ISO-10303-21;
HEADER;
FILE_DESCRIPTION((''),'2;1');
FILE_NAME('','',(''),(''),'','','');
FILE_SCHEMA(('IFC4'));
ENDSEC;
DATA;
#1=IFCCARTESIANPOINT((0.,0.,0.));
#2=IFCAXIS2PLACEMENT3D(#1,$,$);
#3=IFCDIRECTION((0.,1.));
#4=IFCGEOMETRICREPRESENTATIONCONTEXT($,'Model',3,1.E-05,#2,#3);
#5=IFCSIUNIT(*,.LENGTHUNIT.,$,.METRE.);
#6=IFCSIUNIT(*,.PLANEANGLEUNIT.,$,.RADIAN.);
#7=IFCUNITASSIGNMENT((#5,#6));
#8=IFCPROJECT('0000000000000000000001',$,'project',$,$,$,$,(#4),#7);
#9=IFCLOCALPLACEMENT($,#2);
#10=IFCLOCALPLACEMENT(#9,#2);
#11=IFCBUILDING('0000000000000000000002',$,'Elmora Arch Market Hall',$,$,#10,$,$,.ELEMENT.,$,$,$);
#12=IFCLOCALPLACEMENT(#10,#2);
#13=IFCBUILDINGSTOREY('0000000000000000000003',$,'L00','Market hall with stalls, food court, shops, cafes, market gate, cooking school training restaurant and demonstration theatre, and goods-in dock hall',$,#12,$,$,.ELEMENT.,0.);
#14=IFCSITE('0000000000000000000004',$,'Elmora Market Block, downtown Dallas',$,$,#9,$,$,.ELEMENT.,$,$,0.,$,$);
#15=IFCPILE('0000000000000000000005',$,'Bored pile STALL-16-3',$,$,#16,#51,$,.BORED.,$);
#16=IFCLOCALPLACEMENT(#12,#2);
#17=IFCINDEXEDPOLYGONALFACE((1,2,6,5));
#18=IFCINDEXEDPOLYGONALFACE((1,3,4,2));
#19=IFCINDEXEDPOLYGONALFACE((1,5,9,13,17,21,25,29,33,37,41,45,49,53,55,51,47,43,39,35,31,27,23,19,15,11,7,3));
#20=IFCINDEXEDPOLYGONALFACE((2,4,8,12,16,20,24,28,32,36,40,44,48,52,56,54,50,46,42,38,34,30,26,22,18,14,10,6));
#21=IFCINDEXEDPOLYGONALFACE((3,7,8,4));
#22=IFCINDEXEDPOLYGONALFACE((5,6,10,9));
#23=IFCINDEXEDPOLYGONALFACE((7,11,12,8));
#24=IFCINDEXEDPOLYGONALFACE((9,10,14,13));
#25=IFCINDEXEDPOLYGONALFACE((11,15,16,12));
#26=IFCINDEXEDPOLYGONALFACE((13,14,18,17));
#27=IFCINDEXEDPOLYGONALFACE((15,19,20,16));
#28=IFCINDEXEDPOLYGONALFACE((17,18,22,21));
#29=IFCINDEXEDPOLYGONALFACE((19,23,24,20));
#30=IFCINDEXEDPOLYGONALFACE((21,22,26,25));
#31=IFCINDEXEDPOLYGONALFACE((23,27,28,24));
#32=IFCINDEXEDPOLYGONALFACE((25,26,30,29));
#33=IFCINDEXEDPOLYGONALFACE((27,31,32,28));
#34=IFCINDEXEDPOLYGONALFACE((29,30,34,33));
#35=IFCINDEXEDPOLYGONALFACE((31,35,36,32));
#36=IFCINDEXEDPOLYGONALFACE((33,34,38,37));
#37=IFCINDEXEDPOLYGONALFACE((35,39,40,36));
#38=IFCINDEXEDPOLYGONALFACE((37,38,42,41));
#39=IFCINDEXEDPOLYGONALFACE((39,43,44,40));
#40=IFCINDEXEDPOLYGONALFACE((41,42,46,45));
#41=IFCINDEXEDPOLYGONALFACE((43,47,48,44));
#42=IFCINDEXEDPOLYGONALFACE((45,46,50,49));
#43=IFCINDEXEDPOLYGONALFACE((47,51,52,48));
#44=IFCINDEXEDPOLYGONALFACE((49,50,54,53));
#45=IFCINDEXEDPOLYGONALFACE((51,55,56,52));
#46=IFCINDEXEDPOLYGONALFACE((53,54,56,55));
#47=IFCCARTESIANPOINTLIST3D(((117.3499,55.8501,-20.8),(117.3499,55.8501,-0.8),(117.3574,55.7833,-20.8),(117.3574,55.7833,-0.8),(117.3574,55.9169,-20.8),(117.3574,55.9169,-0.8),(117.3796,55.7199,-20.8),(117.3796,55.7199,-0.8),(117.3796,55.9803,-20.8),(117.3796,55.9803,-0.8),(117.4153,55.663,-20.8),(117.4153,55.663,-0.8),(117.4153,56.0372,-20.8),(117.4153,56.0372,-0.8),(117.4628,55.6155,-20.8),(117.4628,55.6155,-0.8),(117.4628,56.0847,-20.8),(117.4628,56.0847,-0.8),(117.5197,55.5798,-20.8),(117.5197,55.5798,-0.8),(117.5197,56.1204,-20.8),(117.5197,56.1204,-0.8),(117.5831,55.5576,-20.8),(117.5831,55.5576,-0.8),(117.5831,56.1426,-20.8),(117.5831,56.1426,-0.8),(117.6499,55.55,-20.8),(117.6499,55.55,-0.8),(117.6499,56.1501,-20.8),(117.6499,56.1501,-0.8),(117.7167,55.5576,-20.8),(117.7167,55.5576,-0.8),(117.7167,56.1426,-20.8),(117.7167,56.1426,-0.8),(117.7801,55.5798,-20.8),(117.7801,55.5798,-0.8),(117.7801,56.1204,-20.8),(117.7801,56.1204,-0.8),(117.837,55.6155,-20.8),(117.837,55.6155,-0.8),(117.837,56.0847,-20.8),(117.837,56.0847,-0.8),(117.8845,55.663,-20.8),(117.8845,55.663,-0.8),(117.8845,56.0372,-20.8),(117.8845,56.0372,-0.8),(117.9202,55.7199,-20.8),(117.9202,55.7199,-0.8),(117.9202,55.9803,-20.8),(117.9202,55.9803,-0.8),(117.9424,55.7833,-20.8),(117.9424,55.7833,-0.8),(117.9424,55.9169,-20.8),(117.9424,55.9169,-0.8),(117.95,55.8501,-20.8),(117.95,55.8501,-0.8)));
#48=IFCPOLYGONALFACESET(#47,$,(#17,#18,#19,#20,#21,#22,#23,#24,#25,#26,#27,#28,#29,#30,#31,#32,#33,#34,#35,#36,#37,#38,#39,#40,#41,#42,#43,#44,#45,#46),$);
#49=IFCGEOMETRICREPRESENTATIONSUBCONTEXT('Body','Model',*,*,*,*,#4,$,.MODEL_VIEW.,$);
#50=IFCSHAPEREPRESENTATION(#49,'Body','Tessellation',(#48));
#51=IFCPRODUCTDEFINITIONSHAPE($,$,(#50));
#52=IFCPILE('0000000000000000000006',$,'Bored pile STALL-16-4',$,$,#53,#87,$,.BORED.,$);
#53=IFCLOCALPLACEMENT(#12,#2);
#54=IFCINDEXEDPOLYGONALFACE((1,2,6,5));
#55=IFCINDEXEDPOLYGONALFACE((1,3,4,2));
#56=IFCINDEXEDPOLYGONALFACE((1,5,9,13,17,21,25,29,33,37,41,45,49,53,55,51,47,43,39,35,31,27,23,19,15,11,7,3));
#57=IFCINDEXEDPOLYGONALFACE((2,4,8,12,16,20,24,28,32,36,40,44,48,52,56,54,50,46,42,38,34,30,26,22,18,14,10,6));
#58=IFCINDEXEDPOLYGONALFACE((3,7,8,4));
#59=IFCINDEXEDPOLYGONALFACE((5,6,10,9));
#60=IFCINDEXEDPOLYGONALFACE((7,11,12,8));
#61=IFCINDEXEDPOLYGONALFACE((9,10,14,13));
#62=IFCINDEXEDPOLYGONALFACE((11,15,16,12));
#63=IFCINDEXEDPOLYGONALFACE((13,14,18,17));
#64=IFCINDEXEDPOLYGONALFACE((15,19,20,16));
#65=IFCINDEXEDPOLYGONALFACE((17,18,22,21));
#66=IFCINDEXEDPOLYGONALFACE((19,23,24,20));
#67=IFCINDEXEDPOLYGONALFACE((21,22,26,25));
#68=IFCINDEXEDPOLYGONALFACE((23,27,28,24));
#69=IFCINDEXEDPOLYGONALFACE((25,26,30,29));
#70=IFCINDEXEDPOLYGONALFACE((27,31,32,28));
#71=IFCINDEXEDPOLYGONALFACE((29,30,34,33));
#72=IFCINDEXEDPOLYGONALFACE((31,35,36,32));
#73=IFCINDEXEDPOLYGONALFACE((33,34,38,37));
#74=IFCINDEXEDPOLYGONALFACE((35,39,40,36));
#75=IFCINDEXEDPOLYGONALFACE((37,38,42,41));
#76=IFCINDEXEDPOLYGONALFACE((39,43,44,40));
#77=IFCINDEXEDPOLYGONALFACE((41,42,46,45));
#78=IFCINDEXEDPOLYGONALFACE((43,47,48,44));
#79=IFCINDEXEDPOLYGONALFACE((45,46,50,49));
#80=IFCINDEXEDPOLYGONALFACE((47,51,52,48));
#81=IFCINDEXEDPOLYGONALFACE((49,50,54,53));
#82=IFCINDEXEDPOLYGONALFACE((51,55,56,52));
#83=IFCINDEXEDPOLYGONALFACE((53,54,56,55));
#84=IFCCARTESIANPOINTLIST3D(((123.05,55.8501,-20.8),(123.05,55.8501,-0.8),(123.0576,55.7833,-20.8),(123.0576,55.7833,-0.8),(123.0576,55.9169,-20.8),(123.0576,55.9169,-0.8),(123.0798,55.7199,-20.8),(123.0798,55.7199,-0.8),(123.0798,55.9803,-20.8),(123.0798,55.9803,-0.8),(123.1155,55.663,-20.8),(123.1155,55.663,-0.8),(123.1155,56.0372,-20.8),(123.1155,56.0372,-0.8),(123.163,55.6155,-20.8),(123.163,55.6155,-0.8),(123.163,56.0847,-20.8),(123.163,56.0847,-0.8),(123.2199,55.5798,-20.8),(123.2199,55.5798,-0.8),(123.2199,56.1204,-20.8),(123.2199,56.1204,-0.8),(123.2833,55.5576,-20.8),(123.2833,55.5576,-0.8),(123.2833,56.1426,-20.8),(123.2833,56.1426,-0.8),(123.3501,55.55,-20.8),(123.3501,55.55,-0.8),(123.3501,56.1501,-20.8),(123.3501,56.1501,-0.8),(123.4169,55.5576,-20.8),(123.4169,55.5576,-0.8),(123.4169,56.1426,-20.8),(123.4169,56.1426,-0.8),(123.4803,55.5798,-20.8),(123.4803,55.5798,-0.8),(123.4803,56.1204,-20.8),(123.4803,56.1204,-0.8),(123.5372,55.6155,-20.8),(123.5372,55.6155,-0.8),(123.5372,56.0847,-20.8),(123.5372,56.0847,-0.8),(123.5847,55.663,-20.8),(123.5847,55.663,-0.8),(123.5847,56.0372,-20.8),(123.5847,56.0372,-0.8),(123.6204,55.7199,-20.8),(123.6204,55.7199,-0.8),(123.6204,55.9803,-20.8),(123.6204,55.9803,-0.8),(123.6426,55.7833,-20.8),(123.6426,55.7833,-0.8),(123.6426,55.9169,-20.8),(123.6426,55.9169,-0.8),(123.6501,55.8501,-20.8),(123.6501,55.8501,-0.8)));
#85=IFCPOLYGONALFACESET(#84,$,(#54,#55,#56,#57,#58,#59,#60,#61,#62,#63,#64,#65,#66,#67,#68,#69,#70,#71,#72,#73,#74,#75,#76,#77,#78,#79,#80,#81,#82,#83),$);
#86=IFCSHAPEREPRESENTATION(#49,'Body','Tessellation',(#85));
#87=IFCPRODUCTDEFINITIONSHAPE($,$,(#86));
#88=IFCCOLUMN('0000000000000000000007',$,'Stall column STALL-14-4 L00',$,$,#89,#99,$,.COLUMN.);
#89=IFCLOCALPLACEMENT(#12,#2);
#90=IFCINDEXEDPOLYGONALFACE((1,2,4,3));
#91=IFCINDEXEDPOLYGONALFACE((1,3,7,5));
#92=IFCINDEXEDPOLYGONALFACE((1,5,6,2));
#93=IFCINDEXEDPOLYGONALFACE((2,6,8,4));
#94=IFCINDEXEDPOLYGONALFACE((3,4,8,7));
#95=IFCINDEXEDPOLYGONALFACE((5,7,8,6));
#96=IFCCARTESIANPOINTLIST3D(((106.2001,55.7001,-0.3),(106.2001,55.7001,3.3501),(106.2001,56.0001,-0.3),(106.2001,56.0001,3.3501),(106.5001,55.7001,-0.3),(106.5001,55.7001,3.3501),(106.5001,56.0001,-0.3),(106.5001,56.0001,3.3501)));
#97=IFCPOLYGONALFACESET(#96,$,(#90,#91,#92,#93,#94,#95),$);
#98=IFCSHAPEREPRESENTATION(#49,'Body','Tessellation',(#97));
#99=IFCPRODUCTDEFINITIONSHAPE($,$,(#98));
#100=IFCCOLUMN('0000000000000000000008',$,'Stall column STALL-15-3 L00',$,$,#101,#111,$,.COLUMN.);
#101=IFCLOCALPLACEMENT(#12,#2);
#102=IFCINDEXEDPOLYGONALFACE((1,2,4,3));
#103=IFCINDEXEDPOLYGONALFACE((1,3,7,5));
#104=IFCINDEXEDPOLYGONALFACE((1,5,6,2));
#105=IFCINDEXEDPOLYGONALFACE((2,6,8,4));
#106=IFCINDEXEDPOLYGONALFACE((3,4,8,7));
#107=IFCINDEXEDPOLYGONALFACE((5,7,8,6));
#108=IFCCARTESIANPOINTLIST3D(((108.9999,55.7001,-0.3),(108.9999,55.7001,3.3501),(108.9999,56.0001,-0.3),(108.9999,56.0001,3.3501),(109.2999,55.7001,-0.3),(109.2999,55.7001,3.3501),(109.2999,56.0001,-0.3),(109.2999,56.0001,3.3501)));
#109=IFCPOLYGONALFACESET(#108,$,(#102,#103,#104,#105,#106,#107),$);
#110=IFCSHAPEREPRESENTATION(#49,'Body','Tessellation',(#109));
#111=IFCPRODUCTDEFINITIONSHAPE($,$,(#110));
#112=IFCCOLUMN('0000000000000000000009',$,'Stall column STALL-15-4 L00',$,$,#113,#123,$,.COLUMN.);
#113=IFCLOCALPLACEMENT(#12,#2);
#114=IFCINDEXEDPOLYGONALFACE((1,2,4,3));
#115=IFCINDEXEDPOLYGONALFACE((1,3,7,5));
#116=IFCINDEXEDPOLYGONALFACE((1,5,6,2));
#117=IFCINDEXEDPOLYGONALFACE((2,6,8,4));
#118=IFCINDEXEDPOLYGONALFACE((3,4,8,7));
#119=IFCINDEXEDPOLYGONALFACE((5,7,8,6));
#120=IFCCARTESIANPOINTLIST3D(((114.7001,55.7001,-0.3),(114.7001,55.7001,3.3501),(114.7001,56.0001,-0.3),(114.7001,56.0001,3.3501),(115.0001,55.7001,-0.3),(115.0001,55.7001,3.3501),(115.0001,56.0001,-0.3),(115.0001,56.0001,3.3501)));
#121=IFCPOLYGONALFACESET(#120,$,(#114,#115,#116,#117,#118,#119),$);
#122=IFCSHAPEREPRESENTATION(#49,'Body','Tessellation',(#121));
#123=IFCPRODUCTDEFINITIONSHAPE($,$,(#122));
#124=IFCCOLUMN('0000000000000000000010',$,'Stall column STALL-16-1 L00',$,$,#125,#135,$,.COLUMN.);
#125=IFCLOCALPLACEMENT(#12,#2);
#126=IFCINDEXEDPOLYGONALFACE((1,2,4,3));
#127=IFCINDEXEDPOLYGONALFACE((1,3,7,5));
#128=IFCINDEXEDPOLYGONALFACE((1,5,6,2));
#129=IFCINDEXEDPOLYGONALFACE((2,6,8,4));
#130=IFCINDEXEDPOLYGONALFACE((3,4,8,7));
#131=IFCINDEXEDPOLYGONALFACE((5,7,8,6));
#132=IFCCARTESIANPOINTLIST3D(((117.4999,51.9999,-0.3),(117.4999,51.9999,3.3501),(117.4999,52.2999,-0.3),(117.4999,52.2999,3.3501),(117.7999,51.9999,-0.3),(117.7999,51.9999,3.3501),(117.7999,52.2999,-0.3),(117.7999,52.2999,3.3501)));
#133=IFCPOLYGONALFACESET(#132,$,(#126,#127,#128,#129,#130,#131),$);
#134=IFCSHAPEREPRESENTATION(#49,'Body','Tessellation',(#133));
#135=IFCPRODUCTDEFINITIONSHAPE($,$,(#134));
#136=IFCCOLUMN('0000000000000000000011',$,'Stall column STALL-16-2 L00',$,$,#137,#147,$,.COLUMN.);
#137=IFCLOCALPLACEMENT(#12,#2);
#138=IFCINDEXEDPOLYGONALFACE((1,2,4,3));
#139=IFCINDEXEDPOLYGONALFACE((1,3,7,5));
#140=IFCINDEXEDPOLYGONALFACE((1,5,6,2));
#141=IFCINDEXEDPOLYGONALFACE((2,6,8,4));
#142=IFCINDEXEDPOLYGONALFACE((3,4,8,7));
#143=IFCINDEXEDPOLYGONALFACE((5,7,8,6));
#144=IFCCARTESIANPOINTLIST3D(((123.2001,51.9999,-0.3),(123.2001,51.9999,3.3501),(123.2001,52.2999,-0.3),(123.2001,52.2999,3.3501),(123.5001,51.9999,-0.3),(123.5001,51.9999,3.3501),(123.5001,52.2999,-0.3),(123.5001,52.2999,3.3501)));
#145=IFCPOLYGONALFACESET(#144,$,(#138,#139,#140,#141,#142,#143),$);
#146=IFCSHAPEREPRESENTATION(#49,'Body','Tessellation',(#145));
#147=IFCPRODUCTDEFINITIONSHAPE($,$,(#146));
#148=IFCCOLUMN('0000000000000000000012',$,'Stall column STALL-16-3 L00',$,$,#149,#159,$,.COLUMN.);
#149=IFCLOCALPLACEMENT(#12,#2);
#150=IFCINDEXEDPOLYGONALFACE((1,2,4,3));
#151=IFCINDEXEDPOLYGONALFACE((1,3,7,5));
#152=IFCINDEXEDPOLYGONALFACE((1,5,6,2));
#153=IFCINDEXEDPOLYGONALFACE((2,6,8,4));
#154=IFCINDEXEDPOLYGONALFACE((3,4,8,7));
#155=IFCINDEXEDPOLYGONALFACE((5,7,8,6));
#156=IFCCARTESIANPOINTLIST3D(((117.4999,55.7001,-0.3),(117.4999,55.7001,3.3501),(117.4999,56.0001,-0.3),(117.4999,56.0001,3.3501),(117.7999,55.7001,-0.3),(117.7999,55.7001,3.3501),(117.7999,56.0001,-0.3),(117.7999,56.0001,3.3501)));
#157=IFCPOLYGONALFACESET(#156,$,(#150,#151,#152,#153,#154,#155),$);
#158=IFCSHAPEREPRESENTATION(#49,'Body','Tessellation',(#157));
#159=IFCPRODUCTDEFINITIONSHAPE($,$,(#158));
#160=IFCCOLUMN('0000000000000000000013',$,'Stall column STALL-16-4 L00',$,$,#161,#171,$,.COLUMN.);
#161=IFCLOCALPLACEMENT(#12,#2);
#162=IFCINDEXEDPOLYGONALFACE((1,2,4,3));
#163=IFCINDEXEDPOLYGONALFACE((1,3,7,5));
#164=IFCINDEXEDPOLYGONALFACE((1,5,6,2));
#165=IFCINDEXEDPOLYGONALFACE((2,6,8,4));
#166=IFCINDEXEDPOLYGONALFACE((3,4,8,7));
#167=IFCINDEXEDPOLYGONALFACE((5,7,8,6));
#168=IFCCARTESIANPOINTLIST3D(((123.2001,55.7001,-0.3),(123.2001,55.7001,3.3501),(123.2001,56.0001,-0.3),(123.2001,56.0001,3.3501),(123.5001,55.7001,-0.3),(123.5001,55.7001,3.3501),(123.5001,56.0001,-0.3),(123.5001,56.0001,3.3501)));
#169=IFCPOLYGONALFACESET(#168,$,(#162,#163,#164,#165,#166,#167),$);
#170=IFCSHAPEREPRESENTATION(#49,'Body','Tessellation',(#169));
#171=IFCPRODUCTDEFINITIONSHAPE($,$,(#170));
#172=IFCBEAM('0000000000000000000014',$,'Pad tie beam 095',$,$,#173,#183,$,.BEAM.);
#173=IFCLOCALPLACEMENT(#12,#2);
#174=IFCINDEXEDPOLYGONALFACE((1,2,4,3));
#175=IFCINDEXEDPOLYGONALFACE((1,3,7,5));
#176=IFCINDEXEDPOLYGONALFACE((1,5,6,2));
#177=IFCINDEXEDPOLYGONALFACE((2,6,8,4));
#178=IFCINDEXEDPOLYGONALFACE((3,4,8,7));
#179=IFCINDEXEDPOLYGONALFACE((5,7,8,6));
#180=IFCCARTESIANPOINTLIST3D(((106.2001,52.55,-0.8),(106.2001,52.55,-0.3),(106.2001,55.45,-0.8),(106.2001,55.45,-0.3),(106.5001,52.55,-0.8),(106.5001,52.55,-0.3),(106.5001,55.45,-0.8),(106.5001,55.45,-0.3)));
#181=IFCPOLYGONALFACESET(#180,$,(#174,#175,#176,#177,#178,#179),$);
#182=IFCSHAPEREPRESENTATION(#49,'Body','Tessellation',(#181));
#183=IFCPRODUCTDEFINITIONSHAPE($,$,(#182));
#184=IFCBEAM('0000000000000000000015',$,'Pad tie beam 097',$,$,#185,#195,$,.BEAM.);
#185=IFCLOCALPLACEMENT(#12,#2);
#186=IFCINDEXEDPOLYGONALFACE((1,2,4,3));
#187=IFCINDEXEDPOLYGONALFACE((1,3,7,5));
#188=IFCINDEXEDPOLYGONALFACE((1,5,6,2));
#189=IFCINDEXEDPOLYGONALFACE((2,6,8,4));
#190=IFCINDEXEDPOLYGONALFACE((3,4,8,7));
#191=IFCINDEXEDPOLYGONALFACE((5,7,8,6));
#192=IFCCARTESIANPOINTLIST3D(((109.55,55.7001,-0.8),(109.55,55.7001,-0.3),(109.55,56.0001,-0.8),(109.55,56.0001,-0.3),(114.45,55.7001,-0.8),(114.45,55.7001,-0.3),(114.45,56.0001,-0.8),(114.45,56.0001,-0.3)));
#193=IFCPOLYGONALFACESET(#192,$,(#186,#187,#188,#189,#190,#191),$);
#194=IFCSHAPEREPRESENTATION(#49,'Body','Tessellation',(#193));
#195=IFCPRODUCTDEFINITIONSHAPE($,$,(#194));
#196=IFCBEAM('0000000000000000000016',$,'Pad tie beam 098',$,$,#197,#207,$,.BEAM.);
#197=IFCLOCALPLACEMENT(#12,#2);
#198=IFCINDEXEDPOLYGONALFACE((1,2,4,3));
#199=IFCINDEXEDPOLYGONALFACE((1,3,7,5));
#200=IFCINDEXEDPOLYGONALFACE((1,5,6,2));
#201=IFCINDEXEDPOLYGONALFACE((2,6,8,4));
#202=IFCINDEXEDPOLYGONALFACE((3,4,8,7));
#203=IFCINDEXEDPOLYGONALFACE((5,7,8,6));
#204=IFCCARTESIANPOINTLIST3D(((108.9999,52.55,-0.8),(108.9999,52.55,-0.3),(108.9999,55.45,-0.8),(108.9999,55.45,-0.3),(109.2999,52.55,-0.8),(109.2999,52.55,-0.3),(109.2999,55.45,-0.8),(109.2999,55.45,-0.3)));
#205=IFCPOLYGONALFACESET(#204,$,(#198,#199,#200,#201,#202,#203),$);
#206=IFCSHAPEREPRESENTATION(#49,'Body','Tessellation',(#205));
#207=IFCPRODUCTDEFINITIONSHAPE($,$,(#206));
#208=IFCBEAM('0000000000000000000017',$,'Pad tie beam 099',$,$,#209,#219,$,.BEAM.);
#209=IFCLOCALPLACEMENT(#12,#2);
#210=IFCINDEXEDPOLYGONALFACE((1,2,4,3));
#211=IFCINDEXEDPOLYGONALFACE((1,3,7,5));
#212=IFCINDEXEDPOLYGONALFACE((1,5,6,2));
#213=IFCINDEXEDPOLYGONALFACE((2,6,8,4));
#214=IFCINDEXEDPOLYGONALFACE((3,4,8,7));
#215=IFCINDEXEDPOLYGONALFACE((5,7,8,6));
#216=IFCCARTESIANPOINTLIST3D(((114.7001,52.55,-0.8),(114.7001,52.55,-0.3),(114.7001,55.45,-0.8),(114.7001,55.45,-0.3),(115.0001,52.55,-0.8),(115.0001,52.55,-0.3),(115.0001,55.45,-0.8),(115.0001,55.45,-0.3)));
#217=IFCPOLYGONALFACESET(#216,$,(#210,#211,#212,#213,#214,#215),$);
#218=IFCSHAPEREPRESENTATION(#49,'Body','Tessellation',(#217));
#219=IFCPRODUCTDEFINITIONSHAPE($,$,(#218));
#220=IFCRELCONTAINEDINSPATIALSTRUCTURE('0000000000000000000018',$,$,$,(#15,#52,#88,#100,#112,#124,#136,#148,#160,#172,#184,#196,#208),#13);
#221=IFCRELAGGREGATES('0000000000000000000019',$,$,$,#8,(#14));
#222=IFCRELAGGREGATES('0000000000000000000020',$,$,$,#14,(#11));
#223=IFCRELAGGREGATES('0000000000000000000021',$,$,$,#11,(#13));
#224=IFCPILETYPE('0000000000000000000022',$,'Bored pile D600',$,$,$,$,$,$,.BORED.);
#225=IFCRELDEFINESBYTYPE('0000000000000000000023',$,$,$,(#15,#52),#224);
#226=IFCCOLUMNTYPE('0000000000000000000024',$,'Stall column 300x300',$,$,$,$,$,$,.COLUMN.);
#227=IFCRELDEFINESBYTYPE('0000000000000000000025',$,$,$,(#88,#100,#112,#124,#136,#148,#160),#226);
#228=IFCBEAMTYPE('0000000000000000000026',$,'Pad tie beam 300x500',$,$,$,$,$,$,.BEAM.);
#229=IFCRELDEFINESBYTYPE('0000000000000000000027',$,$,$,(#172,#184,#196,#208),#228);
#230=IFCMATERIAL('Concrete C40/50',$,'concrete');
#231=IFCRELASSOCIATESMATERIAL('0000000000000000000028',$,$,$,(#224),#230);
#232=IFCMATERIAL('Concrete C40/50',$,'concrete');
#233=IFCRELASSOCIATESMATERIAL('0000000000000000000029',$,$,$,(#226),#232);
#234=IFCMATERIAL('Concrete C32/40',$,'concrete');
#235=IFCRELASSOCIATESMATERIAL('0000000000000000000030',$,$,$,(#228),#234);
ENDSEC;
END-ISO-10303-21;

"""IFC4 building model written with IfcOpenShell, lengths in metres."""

from ifc_helpers import new_model, si_unit, direction, frame, origin, origin_2d, place, context, subcontext, project, spatial, rectangle, circle, extrude, material, material_profile, profile_set, type_object, element, save


model = new_model("IFC4")

# Units and contexts
model_context = context("Model", 3, precision=1e-05, world=origin(), true_north=direction((0.0, 1.0)))
body_context = subcontext(model_context, "Body", "Model", "MODEL_VIEW")
ifc_project = project(units=[si_unit("LENGTHUNIT", "METRE"), si_unit("PLANEANGLEUNIT", "RADIAN")], contexts=[model_context])

# Site, building, storey
site_placement = place(None, origin())
site = spatial("IfcSite", under=ifc_project, at=site_placement, Name="Elmora Market Block, downtown Dallas", CompositionType="ELEMENT", RefElevation=0.0)
building_placement = place(site_placement, origin())
building = spatial("IfcBuilding", under=site, at=building_placement, Name="Elmora Arch Market Hall", CompositionType="ELEMENT")
storey_placement = place(building_placement, origin())
storey = spatial("IfcBuildingStorey", under=building, at=storey_placement, Name="L00", Description="Market hall with stalls, food court, shops, cafes, market gate, cooking school training restaurant and demonstration theatre, and goods-in dock hall", CompositionType="ELEMENT", Elevation=0.0)

# Piles
ifc_material_1 = material(Name="Concrete C40/50", Category="concrete")
ifc_material_profile_1 = material_profile(ifc_material_1, circle(Radius=0.3, at=origin_2d()), Name="Bored pile D600")
ifc_profile_set_1 = profile_set([ifc_material_profile_1], Name="Concrete C40/50")
pile_type = type_object("IfcPileType", Name="Bored pile D600", PredefinedType="BORED", material=ifc_profile_set_1)
for number, where, z_axis, x_axis, name in (
    (1, (117.6499, 55.8501, -0.8), (0.0, 0.0, -1.0), (1.0, 0.0, 0.0), "Bored pile STALL-16-3"),
    (2, (123.3501, 55.8501, -0.8), (0.0, 0.0, -1.0), (1.0, 0.0, 0.0), "Bored pile STALL-16-4"),
):
    element("IfcPile", number, at=place(storey_placement, frame(where, z_axis=z_axis, x_axis=x_axis)), inside=storey, type_object=pile_type, Name=name, PredefinedType="BORED", context=body_context, shape_type="SweptSolid", body=[
        extrude(circle(Radius=0.3, at=origin_2d()), origin(), (0.0, 0.0, 1.0), 20.0),
    ])

# Columns
ifc_material_2 = material(Name="Concrete C40/50", Category="concrete")
ifc_material_profile_2 = material_profile(ifc_material_2, rectangle(XDim=0.3, YDim=0.3, at=origin_2d()), Name="Stall column 300x300")
ifc_profile_set_2 = profile_set([ifc_material_profile_2], Name="Concrete C40/50")
column_type = type_object("IfcColumnType", Name="Stall column 300x300", PredefinedType="COLUMN", material=ifc_profile_set_2)
for number, where, z_axis, x_axis, name in (
    (3, (106.3501, 55.8501, -0.3), (0.0, 0.0, 1.0), (1.0, 0.0, 0.0), "Stall column STALL-14-4 L00"),
    (4, (109.1499, 55.8501, -0.3), (0.0, 0.0, 1.0), (1.0, 0.0, 0.0), "Stall column STALL-15-3 L00"),
    (5, (114.8501, 55.8501, -0.3), (0.0, 0.0, 1.0), (1.0, 0.0, 0.0), "Stall column STALL-15-4 L00"),
    (6, (117.6499, 52.1499, -0.3), (0.0, 0.0, 1.0), (1.0, 0.0, 0.0), "Stall column STALL-16-1 L00"),
    (7, (123.3501, 52.1499, -0.3), (0.0, 0.0, 1.0), (1.0, 0.0, 0.0), "Stall column STALL-16-2 L00"),
    (8, (117.6499, 55.8501, -0.3), (0.0, 0.0, 1.0), (1.0, 0.0, 0.0), "Stall column STALL-16-3 L00"),
    (9, (123.3501, 55.8501, -0.3), (0.0, 0.0, 1.0), (1.0, 0.0, 0.0), "Stall column STALL-16-4 L00"),
):
    element("IfcColumn", number, at=place(storey_placement, frame(where, z_axis=z_axis, x_axis=x_axis)), inside=storey, type_object=column_type, Name=name, PredefinedType="COLUMN", context=body_context, shape_type="SweptSolid", body=[
        extrude(rectangle(XDim=0.3, YDim=0.3, at=origin_2d()), origin(), (0.0, 0.0, 1.0), 3.6501),
    ])

# Beams
ifc_material_3 = material(Name="Concrete C32/40", Category="concrete")
ifc_material_profile_3 = material_profile(ifc_material_3, rectangle(XDim=0.3, YDim=0.5, at=origin_2d()), Name="Pad tie beam 300x500")
ifc_profile_set_3 = profile_set([ifc_material_profile_3], Name="Concrete C32/40")
beam_type_1 = type_object("IfcBeamType", Name="Pad tie beam 300x500", PredefinedType="BEAM", material=ifc_profile_set_3)
beam_1_placement = place(storey_placement, frame((106.3501, 52.55, -0.55), z_axis=(0.0, 1.0, 0.0), x_axis=(-1.0, 0.0, 0.0)))
element("IfcBeam", 10, at=beam_1_placement, inside=storey, type_object=beam_type_1, Name="Pad tie beam 095", PredefinedType="BEAM", context=body_context, shape_type="SweptSolid", body=[
    extrude(rectangle(XDim=0.3, YDim=0.5, at=origin_2d()), origin(), (0.0, 0.0, 1.0), 2.8999),
])
beam_2_placement = place(storey_placement, frame((109.55, 55.8501, -0.55), z_axis=(1.0, 0.0, 0.0), x_axis=(0.0, 1.0, 0.0)))
element("IfcBeam", 11, at=beam_2_placement, inside=storey, type_object=beam_type_1, Name="Pad tie beam 097", PredefinedType="BEAM", context=body_context, shape_type="SweptSolid", body=[
    extrude(rectangle(XDim=0.3, YDim=0.5, at=origin_2d()), origin(), (0.0, 0.0, 1.0), 4.8999),
])
for number, where, z_axis, x_axis, name in (
    (12, (109.1499, 52.55, -0.55), (0.0, 1.0, 0.0), (-1.0, 0.0, 0.0), "Pad tie beam 098"),
    (13, (114.8501, 52.55, -0.55), (0.0, 1.0, 0.0), (-1.0, 0.0, 0.0), "Pad tie beam 099"),
):
    element("IfcBeam", number, at=place(storey_placement, frame(where, z_axis=z_axis, x_axis=x_axis)), inside=storey, type_object=beam_type_1, Name=name, PredefinedType="BEAM", context=body_context, shape_type="SweptSolid", body=[
        extrude(rectangle(XDim=0.3, YDim=0.5, at=origin_2d()), origin(), (0.0, 0.0, 1.0), 2.8999),
    ])

save(model, "model.ifc")
